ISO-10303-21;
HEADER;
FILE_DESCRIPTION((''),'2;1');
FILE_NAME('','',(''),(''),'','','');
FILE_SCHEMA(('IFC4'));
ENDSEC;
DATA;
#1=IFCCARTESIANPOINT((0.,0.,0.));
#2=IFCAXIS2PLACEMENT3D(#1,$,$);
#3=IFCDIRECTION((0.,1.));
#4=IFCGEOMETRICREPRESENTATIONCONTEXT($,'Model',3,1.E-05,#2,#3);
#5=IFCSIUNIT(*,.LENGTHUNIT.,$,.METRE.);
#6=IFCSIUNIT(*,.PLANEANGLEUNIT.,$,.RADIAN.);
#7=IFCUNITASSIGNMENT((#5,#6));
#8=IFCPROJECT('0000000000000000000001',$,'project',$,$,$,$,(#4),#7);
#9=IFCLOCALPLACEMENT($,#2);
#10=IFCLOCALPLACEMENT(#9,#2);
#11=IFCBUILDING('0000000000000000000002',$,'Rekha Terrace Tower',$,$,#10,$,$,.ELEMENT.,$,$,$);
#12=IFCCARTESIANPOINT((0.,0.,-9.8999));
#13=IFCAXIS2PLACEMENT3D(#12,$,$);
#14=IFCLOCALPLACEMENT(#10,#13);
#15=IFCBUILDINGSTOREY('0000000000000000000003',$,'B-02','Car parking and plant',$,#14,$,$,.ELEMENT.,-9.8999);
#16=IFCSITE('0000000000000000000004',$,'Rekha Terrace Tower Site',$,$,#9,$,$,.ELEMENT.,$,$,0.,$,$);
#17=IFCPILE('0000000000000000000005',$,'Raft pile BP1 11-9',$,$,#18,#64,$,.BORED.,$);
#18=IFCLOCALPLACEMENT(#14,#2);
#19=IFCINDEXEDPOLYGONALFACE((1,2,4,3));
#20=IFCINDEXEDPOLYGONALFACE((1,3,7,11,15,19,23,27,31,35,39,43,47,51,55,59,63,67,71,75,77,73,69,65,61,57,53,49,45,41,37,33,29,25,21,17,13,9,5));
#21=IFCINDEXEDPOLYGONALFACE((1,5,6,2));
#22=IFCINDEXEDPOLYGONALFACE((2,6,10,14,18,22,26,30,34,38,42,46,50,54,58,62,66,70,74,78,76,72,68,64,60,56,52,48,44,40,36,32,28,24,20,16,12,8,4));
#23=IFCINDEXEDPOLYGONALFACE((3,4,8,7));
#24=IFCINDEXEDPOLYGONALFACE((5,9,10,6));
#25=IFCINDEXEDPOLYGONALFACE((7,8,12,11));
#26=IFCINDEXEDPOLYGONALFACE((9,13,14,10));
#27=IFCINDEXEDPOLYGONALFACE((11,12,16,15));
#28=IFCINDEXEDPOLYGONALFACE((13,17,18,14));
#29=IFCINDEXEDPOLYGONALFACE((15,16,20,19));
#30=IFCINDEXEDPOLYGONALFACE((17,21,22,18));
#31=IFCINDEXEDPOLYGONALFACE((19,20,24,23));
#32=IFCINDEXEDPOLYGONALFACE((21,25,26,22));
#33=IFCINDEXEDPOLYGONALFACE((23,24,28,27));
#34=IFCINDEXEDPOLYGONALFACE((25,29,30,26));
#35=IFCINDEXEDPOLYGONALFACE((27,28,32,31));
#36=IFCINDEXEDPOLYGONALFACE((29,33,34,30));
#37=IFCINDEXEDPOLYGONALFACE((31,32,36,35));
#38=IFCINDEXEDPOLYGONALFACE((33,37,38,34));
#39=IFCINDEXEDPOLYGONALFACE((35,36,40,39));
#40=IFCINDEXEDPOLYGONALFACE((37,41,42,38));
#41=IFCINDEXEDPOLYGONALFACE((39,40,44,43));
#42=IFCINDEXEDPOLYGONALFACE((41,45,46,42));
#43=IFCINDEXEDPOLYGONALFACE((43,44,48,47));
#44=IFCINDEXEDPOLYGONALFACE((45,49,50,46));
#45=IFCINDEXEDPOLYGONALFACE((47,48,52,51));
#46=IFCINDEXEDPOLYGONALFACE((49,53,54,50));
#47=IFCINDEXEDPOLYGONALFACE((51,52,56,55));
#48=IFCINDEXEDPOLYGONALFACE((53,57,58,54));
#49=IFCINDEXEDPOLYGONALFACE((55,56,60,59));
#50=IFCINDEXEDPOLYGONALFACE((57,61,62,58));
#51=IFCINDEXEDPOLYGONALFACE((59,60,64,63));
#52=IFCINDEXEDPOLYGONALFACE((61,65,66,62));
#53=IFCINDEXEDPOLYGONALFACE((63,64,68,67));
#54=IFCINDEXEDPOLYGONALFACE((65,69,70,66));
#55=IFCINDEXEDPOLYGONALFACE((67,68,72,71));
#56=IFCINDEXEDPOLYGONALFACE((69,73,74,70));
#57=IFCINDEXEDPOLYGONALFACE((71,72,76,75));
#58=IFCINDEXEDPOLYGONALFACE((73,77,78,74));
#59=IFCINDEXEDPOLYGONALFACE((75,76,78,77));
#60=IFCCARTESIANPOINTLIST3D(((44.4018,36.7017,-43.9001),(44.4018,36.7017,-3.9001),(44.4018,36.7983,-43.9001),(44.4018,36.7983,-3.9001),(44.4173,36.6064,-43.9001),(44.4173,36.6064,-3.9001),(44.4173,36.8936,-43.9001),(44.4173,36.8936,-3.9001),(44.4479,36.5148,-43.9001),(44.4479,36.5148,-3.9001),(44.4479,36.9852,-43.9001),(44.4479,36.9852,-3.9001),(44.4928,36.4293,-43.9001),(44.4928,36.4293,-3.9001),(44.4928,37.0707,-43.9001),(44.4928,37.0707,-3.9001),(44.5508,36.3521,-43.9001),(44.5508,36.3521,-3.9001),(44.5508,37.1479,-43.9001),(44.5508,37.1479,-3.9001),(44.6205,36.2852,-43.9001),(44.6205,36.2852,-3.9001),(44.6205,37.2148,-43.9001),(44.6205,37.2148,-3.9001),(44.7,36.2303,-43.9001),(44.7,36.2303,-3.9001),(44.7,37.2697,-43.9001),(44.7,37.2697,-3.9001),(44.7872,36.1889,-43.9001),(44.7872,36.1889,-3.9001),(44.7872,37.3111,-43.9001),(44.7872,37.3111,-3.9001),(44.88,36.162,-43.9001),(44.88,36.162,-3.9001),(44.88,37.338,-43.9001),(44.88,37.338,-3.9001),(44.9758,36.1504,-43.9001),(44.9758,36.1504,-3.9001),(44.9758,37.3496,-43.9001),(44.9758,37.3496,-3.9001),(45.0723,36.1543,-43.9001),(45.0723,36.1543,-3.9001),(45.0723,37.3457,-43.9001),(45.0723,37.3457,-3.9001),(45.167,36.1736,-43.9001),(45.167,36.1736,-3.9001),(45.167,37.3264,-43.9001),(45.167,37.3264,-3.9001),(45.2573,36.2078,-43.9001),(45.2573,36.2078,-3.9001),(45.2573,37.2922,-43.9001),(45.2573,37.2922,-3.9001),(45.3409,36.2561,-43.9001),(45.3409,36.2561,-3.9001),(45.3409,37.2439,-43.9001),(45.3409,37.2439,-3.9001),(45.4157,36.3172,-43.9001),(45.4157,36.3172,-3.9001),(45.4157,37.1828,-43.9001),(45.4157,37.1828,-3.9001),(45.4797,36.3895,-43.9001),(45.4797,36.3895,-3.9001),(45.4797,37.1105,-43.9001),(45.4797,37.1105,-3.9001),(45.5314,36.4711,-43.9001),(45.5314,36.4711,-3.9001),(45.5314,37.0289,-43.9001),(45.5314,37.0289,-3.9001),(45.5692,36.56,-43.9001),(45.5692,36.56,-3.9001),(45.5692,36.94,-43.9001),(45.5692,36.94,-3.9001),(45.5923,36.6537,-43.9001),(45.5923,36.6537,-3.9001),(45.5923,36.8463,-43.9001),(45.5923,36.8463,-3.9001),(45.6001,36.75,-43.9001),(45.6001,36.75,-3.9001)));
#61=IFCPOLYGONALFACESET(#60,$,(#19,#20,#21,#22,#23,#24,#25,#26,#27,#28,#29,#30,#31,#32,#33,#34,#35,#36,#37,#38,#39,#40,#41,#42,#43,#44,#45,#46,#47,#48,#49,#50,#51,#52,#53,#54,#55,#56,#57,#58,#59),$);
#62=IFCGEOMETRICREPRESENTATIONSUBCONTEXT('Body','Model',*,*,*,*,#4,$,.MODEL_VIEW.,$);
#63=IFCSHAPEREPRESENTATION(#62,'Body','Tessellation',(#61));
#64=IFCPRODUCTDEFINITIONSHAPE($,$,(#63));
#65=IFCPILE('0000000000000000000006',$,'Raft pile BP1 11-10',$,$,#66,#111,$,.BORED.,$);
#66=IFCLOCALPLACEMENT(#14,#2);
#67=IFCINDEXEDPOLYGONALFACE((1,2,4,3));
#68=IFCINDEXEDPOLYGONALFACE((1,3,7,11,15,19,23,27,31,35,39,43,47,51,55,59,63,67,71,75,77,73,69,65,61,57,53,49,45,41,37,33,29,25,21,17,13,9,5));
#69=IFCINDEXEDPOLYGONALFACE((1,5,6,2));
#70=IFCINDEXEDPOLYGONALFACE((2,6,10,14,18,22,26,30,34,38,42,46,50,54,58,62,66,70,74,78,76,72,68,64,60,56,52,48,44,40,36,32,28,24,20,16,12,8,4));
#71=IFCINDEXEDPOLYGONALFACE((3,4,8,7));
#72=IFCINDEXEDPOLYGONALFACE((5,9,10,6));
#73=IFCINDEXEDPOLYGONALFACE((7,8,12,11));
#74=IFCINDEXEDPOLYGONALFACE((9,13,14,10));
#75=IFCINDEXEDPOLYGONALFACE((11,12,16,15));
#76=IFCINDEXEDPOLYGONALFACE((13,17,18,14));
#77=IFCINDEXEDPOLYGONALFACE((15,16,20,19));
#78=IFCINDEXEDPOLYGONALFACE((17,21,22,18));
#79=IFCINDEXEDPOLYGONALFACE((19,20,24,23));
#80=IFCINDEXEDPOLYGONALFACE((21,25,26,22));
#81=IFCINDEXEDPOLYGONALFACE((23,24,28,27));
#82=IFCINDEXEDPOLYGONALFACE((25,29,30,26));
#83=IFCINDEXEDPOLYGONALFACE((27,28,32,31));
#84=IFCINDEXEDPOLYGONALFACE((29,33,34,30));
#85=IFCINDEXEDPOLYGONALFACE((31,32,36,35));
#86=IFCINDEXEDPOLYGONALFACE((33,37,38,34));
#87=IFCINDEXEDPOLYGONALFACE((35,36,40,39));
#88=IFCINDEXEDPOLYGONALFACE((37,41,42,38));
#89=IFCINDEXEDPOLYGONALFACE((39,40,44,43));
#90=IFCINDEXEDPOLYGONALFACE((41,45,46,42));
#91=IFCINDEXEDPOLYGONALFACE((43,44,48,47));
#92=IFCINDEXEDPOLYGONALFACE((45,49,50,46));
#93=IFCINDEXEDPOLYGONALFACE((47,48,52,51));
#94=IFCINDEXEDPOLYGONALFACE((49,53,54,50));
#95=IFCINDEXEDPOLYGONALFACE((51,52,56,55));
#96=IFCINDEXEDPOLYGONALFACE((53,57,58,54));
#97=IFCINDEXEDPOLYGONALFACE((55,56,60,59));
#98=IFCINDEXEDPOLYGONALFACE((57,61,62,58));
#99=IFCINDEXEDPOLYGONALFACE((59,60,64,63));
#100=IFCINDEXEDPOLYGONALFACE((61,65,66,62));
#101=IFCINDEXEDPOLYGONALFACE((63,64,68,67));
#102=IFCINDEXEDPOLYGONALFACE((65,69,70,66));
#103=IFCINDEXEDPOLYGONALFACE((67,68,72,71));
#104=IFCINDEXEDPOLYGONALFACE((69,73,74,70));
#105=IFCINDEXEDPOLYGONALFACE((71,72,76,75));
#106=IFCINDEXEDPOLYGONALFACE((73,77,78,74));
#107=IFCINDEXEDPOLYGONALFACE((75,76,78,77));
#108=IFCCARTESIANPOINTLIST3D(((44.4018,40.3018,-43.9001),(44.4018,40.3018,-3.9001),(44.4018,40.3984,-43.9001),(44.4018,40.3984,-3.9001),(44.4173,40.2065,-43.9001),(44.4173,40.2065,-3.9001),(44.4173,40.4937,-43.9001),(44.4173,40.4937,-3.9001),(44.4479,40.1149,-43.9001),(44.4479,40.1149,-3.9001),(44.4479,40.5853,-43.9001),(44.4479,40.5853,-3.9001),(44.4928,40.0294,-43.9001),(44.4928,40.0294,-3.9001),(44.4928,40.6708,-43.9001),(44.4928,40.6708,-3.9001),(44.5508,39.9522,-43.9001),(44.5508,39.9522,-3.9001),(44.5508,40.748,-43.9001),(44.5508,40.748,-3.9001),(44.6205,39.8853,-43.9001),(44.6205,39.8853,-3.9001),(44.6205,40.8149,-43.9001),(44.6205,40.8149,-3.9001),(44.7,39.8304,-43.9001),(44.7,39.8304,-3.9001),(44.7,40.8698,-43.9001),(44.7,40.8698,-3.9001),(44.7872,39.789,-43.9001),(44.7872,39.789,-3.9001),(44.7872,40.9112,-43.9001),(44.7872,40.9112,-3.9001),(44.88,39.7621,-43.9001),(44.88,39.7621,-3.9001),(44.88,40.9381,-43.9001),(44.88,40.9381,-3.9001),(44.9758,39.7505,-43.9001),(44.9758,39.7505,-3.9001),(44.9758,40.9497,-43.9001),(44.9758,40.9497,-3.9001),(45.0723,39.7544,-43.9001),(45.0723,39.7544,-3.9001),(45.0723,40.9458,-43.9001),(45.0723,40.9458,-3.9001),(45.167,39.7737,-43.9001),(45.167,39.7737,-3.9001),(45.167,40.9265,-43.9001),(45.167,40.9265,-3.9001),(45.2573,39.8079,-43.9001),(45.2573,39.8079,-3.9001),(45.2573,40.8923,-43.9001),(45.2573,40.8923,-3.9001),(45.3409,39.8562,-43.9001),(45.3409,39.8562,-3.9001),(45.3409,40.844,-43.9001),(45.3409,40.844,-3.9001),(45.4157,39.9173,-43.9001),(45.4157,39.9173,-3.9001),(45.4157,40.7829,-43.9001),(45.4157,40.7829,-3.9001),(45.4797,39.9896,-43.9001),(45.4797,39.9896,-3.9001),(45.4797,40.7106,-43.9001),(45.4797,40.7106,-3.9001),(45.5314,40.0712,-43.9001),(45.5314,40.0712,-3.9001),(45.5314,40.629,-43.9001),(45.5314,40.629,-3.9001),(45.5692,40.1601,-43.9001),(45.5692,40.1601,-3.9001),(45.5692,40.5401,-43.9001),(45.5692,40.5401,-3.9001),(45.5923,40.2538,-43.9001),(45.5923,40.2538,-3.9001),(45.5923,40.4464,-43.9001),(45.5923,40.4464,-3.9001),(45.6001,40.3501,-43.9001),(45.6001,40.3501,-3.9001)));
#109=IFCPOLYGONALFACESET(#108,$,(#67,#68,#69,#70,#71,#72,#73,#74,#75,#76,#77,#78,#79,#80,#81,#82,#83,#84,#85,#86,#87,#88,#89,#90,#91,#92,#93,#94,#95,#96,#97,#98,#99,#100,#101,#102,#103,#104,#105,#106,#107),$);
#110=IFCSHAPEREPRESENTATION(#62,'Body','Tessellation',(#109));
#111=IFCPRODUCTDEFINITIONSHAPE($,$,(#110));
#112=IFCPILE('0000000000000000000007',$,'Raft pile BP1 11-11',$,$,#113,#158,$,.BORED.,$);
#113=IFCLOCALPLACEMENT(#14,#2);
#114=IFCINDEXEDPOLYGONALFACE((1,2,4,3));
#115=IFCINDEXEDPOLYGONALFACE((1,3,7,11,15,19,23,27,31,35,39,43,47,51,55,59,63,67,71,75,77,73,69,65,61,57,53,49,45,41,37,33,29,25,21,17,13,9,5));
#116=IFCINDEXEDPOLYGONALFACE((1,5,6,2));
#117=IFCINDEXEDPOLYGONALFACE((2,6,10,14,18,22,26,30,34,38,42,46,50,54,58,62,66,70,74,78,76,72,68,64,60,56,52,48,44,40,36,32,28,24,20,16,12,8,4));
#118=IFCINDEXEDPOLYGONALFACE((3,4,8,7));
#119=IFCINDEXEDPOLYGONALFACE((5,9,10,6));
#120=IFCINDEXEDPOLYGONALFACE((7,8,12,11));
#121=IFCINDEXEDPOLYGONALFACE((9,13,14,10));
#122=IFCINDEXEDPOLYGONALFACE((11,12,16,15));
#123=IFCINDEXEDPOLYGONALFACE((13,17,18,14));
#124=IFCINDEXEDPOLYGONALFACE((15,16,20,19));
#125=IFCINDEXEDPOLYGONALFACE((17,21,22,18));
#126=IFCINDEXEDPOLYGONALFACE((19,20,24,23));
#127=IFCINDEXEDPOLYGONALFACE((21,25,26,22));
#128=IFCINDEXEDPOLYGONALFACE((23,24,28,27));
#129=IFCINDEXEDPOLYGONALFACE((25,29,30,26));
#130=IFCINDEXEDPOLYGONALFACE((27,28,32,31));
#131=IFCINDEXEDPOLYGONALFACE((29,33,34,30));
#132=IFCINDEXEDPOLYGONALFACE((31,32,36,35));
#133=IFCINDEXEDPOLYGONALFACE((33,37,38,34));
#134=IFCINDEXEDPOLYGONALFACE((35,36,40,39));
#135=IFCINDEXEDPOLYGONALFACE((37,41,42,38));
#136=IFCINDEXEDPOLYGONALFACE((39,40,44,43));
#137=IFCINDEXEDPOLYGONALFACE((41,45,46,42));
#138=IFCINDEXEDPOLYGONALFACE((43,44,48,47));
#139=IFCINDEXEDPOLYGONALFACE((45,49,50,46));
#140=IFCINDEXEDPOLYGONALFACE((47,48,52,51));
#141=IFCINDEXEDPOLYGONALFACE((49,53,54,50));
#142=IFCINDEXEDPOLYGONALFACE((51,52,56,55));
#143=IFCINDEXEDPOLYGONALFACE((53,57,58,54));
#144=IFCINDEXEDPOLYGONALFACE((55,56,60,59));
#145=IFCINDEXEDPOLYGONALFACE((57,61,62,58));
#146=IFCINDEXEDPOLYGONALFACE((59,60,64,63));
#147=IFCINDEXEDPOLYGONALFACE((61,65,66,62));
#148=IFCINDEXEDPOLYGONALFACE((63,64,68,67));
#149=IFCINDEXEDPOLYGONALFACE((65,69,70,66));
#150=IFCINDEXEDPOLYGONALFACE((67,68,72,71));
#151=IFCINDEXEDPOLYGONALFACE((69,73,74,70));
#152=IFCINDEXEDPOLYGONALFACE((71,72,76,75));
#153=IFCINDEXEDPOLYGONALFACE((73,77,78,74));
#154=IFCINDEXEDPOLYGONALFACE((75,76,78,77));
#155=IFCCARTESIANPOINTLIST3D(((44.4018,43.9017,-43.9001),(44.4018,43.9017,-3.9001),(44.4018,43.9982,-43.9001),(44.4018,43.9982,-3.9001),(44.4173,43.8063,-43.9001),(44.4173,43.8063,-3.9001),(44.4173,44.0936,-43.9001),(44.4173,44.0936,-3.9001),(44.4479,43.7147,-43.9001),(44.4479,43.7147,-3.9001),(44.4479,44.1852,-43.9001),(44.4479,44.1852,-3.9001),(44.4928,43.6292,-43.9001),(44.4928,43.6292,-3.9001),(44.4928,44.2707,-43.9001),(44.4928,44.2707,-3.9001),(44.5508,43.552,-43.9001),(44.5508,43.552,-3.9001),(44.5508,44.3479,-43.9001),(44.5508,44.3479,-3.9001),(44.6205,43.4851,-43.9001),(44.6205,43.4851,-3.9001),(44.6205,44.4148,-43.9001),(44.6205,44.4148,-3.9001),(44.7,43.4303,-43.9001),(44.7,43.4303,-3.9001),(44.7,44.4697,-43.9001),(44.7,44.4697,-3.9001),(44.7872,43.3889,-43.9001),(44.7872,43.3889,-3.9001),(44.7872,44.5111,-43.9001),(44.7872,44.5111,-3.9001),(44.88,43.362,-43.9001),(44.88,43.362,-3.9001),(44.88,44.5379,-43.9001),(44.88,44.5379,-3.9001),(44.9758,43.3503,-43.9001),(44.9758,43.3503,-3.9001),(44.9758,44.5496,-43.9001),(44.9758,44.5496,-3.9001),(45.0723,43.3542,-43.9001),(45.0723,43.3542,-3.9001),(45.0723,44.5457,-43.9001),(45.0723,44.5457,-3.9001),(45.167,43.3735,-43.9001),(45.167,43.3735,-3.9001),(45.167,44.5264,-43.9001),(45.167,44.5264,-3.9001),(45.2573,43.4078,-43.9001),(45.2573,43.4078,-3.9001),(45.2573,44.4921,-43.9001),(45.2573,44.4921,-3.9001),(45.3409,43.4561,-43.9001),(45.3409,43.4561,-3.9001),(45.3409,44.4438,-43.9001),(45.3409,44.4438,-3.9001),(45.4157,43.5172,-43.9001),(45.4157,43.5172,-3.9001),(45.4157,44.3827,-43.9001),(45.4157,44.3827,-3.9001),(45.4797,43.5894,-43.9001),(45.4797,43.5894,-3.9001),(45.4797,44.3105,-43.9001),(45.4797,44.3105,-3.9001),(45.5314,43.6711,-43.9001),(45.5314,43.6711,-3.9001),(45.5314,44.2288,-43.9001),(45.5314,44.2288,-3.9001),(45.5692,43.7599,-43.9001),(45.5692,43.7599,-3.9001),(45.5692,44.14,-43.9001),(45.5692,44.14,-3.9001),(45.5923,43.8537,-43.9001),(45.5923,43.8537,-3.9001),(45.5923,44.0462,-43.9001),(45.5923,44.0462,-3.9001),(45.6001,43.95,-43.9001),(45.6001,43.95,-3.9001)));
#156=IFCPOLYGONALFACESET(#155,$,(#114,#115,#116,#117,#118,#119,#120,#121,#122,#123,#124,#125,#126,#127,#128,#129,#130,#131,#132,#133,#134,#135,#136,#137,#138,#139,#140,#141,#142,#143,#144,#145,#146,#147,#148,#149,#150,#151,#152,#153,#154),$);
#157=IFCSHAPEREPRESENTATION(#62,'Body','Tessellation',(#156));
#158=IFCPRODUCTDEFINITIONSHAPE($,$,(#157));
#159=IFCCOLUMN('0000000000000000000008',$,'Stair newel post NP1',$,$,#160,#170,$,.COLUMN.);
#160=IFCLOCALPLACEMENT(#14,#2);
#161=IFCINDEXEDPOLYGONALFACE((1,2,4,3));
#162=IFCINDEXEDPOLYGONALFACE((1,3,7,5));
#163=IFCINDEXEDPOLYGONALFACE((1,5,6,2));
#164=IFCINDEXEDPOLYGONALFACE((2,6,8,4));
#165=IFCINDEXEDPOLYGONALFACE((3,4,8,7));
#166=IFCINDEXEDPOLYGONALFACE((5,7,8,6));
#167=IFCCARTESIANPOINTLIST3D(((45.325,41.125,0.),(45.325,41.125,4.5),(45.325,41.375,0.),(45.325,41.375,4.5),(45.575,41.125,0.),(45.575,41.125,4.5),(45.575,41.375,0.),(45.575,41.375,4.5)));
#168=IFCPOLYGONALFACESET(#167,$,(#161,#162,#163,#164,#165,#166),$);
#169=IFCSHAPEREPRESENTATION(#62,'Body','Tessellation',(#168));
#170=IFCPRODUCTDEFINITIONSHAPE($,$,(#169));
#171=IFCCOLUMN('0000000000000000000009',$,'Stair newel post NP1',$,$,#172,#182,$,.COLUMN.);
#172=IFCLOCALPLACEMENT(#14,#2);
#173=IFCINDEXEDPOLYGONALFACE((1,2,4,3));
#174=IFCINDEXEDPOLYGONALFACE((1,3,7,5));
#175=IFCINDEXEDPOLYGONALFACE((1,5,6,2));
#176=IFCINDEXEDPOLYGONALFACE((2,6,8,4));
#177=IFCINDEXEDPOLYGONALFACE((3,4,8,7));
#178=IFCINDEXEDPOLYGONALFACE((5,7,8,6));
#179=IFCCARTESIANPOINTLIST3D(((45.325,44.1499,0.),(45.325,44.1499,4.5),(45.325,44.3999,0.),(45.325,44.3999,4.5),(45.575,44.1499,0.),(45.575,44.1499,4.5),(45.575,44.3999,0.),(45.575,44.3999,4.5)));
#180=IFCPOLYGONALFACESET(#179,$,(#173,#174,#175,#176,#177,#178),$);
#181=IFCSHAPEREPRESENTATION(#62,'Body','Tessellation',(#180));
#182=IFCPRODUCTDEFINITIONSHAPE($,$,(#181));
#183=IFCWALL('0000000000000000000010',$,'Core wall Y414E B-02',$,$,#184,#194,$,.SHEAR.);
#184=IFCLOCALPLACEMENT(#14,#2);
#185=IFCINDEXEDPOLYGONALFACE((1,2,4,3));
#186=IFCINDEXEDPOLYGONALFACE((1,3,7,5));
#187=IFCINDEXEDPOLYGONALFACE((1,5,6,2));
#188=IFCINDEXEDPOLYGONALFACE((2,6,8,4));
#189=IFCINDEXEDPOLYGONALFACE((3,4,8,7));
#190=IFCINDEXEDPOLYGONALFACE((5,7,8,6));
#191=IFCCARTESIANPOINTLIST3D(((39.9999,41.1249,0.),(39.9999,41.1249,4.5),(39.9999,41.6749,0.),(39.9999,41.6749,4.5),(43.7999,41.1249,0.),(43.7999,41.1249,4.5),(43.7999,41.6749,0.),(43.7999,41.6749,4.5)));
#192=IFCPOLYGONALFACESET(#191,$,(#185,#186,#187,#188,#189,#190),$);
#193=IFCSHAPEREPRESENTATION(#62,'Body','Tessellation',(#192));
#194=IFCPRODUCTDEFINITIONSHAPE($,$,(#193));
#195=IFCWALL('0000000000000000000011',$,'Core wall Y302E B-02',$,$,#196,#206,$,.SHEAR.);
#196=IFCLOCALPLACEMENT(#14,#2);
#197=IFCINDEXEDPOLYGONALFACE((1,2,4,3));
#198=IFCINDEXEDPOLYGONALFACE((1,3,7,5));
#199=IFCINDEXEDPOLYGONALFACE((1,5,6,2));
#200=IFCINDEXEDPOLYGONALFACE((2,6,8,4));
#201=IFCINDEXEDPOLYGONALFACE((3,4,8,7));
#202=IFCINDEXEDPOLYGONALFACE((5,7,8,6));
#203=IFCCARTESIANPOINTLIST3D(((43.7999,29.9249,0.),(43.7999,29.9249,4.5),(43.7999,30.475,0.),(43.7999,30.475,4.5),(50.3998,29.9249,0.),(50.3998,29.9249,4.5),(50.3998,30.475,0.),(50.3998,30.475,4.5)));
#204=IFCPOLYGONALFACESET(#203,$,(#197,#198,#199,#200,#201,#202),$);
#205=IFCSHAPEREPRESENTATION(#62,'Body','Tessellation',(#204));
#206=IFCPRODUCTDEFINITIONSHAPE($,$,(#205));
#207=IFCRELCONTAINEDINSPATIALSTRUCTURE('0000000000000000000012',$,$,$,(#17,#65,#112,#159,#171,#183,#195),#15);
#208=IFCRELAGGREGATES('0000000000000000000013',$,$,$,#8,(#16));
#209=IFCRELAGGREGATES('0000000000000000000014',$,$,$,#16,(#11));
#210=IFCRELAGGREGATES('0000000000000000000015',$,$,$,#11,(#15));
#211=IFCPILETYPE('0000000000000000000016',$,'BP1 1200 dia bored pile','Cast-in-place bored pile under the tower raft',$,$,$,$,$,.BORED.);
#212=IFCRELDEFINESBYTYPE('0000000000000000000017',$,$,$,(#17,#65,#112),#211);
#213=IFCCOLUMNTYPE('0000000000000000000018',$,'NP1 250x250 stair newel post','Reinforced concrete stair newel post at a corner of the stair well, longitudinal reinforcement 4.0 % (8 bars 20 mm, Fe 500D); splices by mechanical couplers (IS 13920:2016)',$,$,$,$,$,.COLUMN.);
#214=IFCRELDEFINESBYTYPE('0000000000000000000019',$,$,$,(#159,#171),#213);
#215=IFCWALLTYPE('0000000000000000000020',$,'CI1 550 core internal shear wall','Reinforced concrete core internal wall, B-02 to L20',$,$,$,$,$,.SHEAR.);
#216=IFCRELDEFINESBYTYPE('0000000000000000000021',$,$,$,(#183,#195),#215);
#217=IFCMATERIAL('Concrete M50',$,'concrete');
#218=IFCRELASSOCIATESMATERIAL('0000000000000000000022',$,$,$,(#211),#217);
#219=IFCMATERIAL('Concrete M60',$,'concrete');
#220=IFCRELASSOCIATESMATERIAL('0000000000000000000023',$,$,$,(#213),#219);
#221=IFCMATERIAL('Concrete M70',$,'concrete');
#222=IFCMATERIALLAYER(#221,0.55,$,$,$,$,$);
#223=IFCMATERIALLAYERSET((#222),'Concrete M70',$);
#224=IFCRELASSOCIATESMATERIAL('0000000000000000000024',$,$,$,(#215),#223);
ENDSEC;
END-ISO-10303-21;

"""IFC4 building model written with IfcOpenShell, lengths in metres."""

from ifc_helpers import new_model, si_unit, direction, frame, frame_2d, origin, origin_2d, place, context, subcontext, project, spatial, rectangle, circle, extrude, material, layer, layer_set, material_profile, profile_set, type_object, element, save


model = new_model("IFC4")

# Units and contexts
model_context = context("Model", 3, precision=1e-05, world=origin(), true_north=direction((0.0, 1.0)))
body_context = subcontext(model_context, "Body", "Model", "MODEL_VIEW")
ifc_project = project(units=[si_unit("LENGTHUNIT", "METRE"), si_unit("PLANEANGLEUNIT", "RADIAN")], contexts=[model_context])

# Site, building, storey
site_placement = place(None, origin())
site = spatial("IfcSite", under=ifc_project, at=site_placement, Name="Rekha Terrace Tower Site", CompositionType="ELEMENT", RefElevation=0.0)
building_placement = place(site_placement, origin())
building = spatial("IfcBuilding", under=site, at=building_placement, Name="Rekha Terrace Tower", CompositionType="ELEMENT")
storey_placement = place(building_placement, frame((0.0, 0.0, -9.8999)))
storey = spatial("IfcBuildingStorey", under=building, at=storey_placement, Name="B-02", Description="Car parking and plant", CompositionType="ELEMENT", Elevation=-9.8999)

# Piles
ifc_material_1 = material(Name="Concrete M50", Category="concrete")
pile_type = type_object("IfcPileType", Name="BP1 1200 dia bored pile", Description="Cast-in-place bored pile under the tower raft", PredefinedType="BORED", material=ifc_material_1)
for number, where, z_axis, x_axis, name in (
    (1, (45.0, 36.75, -3.9001), (0.0, 0.0, -1.0), (1.0, 0.0, 0.0), "Raft pile BP1 11-9"),
    (2, (45.0, 40.3501, -3.9001), (0.0, 0.0, -1.0), (1.0, 0.0, 0.0), "Raft pile BP1 11-10"),
    (3, (45.0, 43.95, -3.9001), (0.0, 0.0, -1.0), (1.0, 0.0, 0.0), "Raft pile BP1 11-11"),
):
    element("IfcPile", number, at=place(storey_placement, frame(where, z_axis=z_axis, x_axis=x_axis)), inside=storey, type_object=pile_type, Name=name, PredefinedType="BORED", context=body_context, shape_type="SweptSolid", body=[
        extrude(circle(Radius=0.6001, at=origin_2d()), origin(), (0.0, 0.0, 1.0), 40.0),
    ])

# Columns
ifc_material_2 = material(Name="Concrete M60", Category="concrete")
ifc_material_profile = material_profile(ifc_material_2, rectangle(XDim=0.25, YDim=0.25, at=origin_2d()), Name="RC 250x250")
ifc_profile_set = profile_set([ifc_material_profile], Name="Concrete M60")
column_type = type_object("IfcColumnType", Name="NP1 250x250 stair newel post", Description="Reinforced concrete stair newel post at a corner of the stair well, longitudinal reinforcement 4.0 % (8 bars 20 mm, Fe 500D); splices by mechanical couplers (IS 13920:2016)", PredefinedType="COLUMN", material=ifc_profile_set)
for number, where, z_axis, x_axis, name in (
    (4, (45.45, 41.25, 0.0), (0.0, 0.0, 1.0), (1.0, 0.0, 0.0), "Stair newel post NP1"),
    (5, (45.45, 44.2749, 0.0), (0.0, 0.0, 1.0), (1.0, 0.0, 0.0), "Stair newel post NP1"),
):
    element("IfcColumn", number, at=place(storey_placement, frame(where, z_axis=z_axis, x_axis=x_axis)), inside=storey, type_object=column_type, Name=name, PredefinedType="COLUMN", context=body_context, shape_type="SweptSolid", body=[
        extrude(rectangle(XDim=0.25, YDim=0.25, at=origin_2d()), origin(), (0.0, 0.0, 1.0), 4.5),
    ])

# Walls
ifc_material_3 = material(Name="Concrete M70", Category="concrete")
ifc_layer_1 = layer(ifc_material_3, 0.55)
ifc_layer_set_1 = layer_set([ifc_layer_1], Name="Concrete M70")
wall_type_1 = type_object("IfcWallType", Name="CI1 550 core internal shear wall", Description="Reinforced concrete core internal wall, B-02 to L20", PredefinedType="SHEAR", material=ifc_layer_set_1)
wall_1_placement = place(storey_placement, frame((40.0, 41.3999, 0.0), z_axis=(0.0, 0.0, 1.0), x_axis=(1.0, 0.0, 0.0)))
element("IfcWall", 6, at=wall_1_placement, inside=storey, type_object=wall_type_1, Name="Core wall Y414E B-02", PredefinedType="SHEAR", context=body_context, shape_type="SweptSolid", body=[
    extrude(rectangle(XDim=3.8, YDim=0.55, at=frame_2d((1.8999, 0.0))), origin(), (0.0, 0.0, 1.0), 4.5),
])
for number, where, z_axis, x_axis, name in (
    (7, (43.8, 30.2, 0.0), (0.0, 0.0, 1.0), (1.0, 0.0, 0.0), "Core wall Y302E B-02"),
):
    element("IfcWall", number, at=place(storey_placement, frame(where, z_axis=z_axis, x_axis=x_axis)), inside=storey, type_object=wall_type_1, Name=name, PredefinedType="SHEAR", context=body_context, shape_type="SweptSolid", body=[
        extrude(rectangle(XDim=6.5999, YDim=0.55, at=frame_2d((3.2998, 0.0))), origin(), (0.0, 0.0, 1.0), 4.5),
    ])

save(model, "model.ifc")
